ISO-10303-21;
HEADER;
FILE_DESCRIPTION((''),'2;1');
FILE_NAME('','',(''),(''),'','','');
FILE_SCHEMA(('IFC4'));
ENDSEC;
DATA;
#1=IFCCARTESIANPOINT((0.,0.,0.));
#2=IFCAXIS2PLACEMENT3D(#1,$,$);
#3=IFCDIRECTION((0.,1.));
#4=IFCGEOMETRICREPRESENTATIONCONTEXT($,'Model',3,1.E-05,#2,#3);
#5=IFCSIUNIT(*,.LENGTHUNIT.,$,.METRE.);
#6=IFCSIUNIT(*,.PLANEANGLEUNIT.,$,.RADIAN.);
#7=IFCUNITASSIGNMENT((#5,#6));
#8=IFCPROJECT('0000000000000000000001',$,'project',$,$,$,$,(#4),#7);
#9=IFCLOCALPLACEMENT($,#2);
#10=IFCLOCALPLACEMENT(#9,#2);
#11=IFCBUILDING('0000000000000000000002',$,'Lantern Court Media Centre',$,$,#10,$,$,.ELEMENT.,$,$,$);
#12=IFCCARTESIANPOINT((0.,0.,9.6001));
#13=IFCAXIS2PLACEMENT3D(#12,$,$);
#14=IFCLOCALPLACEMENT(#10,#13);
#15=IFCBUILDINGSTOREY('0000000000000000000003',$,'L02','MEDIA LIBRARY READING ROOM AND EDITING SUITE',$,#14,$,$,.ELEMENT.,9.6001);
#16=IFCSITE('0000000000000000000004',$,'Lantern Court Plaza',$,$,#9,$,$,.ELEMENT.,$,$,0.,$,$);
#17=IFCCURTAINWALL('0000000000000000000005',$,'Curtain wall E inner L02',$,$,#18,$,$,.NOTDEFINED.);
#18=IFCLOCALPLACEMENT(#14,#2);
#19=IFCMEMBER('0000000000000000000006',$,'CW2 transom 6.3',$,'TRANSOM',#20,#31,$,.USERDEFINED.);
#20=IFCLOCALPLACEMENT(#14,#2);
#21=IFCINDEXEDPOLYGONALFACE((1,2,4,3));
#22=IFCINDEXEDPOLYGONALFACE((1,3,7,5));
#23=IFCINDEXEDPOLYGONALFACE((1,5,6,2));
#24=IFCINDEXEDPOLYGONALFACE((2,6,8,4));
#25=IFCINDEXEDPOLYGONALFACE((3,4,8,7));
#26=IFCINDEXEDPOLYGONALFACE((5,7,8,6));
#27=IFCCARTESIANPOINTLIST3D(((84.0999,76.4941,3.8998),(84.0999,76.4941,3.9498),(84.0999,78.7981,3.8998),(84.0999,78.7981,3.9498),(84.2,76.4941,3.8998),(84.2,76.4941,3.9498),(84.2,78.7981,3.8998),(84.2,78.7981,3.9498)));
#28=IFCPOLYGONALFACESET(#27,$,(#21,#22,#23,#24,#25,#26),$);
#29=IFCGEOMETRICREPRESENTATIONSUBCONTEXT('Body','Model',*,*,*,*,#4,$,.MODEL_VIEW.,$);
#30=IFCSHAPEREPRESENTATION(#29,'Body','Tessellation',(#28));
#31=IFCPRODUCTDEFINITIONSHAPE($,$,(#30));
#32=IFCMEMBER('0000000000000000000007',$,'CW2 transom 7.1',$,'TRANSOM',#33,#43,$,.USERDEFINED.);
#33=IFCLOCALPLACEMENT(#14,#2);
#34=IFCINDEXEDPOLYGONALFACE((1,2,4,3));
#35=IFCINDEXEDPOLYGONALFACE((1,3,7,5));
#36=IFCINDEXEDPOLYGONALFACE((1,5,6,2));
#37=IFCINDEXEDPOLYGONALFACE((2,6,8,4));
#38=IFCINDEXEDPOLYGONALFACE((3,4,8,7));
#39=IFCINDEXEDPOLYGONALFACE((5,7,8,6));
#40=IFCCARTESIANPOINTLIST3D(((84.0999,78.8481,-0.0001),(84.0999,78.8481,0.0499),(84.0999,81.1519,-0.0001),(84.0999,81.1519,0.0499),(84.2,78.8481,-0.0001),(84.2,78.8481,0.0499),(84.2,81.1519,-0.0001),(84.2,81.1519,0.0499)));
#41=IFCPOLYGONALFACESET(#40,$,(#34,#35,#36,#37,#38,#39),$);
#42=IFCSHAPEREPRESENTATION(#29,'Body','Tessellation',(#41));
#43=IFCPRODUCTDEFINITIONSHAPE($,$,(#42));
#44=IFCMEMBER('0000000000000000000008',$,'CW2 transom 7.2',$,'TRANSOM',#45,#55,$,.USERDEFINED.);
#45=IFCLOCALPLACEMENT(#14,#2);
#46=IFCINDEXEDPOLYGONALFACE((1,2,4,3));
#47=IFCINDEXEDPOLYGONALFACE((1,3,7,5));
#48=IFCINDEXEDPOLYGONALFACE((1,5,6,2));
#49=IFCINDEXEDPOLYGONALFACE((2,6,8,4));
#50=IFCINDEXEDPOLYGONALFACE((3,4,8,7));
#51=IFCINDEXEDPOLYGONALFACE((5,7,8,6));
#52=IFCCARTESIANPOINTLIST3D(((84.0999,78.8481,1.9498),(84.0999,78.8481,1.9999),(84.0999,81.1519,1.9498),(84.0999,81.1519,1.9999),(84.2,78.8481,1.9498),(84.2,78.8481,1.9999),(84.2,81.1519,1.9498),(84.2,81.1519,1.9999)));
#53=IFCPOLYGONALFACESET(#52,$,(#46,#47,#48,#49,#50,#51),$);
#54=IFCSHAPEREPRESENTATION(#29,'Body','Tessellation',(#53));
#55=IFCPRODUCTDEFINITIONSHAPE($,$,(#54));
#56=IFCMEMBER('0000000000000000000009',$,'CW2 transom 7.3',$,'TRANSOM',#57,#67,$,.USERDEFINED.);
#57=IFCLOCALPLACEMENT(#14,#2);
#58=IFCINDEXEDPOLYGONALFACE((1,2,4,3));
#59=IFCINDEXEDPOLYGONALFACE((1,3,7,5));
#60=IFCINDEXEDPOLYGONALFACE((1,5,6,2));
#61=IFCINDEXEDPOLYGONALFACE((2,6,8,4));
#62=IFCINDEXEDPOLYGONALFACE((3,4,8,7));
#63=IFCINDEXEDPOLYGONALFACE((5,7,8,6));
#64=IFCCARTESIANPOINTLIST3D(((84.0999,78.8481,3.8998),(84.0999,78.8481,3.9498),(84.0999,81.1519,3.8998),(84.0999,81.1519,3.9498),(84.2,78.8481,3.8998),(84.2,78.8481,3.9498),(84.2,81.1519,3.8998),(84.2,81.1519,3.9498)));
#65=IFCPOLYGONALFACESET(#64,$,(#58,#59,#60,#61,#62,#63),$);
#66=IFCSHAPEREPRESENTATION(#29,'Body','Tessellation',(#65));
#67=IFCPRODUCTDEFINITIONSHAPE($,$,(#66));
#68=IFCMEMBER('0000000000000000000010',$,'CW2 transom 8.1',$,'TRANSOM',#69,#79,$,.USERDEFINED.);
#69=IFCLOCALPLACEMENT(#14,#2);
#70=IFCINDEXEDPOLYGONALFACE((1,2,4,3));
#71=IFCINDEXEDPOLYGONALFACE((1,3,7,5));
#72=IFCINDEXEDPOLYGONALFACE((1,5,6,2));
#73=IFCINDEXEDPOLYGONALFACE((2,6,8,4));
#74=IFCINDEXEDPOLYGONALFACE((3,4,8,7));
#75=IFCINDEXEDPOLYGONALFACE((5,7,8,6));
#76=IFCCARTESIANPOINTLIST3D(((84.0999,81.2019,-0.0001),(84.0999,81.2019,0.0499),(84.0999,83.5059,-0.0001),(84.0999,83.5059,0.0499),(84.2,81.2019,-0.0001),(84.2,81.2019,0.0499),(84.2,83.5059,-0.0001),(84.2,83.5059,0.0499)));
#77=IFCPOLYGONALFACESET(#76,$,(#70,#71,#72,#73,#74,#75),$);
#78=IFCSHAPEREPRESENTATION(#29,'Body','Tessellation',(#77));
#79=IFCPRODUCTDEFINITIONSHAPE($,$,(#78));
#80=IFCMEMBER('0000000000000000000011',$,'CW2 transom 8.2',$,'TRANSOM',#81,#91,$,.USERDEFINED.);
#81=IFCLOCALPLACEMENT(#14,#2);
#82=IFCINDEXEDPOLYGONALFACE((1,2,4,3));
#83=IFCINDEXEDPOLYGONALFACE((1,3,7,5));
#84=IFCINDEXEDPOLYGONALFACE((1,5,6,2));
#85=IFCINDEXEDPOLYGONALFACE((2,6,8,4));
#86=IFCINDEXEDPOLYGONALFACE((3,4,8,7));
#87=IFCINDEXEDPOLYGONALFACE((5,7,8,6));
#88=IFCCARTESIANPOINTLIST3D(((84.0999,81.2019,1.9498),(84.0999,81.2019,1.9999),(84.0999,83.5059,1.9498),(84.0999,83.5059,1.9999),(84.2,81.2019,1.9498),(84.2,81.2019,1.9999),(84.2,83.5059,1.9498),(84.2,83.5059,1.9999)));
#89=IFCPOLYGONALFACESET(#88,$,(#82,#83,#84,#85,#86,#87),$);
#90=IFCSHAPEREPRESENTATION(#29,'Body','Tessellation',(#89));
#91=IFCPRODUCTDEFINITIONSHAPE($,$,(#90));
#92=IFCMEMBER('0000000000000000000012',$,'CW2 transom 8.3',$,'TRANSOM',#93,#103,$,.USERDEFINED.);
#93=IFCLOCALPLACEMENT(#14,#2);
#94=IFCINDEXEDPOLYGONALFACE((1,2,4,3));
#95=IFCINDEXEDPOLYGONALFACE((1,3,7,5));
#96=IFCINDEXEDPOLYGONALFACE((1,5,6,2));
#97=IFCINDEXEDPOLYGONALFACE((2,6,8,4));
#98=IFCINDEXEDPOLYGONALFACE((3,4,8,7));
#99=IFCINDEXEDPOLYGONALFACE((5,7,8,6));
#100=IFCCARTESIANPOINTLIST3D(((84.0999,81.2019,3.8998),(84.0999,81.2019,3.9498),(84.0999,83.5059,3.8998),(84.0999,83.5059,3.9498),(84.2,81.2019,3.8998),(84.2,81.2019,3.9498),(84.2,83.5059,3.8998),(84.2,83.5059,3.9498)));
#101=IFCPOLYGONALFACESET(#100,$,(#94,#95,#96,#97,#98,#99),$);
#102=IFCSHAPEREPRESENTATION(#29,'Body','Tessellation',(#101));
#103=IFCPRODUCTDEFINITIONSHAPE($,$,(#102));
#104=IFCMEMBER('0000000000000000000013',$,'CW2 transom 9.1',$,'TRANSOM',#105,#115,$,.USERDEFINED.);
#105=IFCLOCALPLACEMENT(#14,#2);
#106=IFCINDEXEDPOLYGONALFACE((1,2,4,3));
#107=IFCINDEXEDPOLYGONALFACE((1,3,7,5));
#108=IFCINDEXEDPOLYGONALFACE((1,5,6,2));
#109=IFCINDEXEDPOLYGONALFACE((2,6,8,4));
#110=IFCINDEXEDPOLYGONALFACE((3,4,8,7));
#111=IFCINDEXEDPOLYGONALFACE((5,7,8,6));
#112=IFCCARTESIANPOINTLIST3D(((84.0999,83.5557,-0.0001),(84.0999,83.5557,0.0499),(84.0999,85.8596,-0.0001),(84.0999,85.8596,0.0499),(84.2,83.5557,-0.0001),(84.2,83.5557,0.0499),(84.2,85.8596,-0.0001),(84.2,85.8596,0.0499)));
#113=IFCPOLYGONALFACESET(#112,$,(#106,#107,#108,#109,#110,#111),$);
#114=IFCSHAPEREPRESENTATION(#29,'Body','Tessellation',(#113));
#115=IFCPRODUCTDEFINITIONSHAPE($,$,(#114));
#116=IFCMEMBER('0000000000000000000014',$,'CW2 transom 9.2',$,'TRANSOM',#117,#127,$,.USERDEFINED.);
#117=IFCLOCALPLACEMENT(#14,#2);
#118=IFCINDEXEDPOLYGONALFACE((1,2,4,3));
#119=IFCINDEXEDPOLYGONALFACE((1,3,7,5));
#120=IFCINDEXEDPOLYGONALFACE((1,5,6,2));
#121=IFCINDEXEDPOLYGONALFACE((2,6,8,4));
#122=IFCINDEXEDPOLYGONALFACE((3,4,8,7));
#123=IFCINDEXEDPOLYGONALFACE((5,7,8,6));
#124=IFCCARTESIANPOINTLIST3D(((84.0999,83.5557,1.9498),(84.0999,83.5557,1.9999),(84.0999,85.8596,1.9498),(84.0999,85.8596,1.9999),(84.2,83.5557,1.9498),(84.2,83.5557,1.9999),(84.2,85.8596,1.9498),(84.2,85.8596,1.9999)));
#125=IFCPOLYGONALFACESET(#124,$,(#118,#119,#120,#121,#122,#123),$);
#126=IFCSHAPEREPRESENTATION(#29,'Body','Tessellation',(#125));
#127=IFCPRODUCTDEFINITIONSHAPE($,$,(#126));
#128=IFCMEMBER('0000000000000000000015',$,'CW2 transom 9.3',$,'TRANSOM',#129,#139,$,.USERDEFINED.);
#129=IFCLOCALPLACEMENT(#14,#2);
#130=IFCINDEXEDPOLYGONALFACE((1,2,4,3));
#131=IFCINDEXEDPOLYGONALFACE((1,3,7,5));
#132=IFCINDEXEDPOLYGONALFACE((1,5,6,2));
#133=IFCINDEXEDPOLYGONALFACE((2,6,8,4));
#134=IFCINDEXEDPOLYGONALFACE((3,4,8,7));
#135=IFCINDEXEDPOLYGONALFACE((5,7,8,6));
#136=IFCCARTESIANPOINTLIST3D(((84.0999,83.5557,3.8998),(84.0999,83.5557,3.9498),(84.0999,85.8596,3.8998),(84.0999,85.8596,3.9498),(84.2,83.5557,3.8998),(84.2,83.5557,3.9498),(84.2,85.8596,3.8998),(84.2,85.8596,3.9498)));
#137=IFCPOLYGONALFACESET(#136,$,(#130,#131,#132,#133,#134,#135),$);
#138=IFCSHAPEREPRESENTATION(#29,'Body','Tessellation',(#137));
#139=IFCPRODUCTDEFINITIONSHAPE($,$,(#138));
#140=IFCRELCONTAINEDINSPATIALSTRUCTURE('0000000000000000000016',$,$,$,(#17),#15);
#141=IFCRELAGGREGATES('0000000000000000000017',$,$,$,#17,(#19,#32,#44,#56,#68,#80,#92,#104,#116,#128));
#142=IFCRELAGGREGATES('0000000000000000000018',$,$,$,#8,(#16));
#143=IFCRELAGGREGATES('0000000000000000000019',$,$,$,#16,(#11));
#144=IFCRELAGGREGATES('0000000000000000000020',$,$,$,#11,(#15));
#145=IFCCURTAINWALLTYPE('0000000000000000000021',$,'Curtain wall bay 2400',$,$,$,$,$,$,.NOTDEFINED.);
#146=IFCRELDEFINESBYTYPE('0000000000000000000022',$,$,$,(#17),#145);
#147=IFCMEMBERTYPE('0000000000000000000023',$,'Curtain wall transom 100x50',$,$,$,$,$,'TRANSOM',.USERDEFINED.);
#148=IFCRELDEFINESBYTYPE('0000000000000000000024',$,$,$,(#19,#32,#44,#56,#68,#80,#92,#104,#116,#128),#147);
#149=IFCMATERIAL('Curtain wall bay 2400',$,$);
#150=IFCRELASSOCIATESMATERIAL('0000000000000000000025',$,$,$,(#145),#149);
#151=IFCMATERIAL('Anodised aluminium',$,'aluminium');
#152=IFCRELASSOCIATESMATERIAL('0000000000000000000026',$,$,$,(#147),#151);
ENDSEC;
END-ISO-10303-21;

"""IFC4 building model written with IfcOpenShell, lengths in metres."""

from ifc_helpers import new_model, si_unit, direction, frame, origin, origin_2d, place, context, subcontext, project, spatial, rectangle, extrude, material, material_profile, profile_set, type_object, element, aggregate, save


model = new_model("IFC4")

# Units and contexts
model_context = context("Model", 3, precision=1e-05, world=origin(), true_north=direction((0.0, 1.0)))
body_context = subcontext(model_context, "Body", "Model", "MODEL_VIEW")
ifc_project = project(units=[si_unit("LENGTHUNIT", "METRE"), si_unit("PLANEANGLEUNIT", "RADIAN")], contexts=[model_context])

# Site, building, storey
site_placement = place(None, origin())
site = spatial("IfcSite", under=ifc_project, at=site_placement, Name="Lantern Court Plaza", CompositionType="ELEMENT", RefElevation=0.0)
building_placement = place(site_placement, origin())
building = spatial("IfcBuilding", under=site, at=building_placement, Name="Lantern Court Media Centre", CompositionType="ELEMENT")
storey_placement = place(building_placement, frame((0.0, 0.0, 9.6001)))
storey = spatial("IfcBuildingStorey", under=building, at=storey_placement, Name="L02", Description="MEDIA LIBRARY READING ROOM AND EDITING SUITE", CompositionType="ELEMENT", Elevation=9.6001)

# Curtain wall, members
ifc_material_1 = material(Name="Curtain wall bay 2400")
curtain_wall_type = type_object("IfcCurtainWallType", Name="Curtain wall bay 2400", PredefinedType="NOTDEFINED", material=ifc_material_1)
curtain_wall_placement = place(storey_placement, origin())
curtain_wall = element("IfcCurtainWall", 1, at=curtain_wall_placement, inside=storey, type_object=curtain_wall_type, Name="Curtain wall E inner L02", PredefinedType="NOTDEFINED")
ifc_material_2 = material(Name="Anodised aluminium", Category="aluminium")
ifc_material_profile_1 = material_profile(ifc_material_2, rectangle(XDim=0.1001, YDim=0.05, at=origin_2d()), Name="AL 50x100")
ifc_profile_set_1 = profile_set([ifc_material_profile_1], Name="Anodised aluminium")
member_type = type_object("IfcMemberType", Name="Curtain wall transom 100x50", ElementType="TRANSOM", PredefinedType="USERDEFINED", material=ifc_profile_set_1)
member_1_placement = place(storey_placement, frame((84.1499, 76.4941, 3.9248), z_axis=(0.0, 1.0, 0.0), x_axis=(-1.0, 0.0, 0.0)))
member_1 = element("IfcMember", 2, at=member_1_placement, type_object=member_type, Name="CW2 transom 6.3", ObjectType="TRANSOM", PredefinedType="USERDEFINED", context=body_context, shape_type="SweptSolid", body=[
    extrude(rectangle(XDim=0.1001, YDim=0.05, at=origin_2d()), origin(), (0.0, 0.0, 1.0), 2.304),
])
member_2_placement = place(storey_placement, frame((84.1499, 78.8481, 0.0249), z_axis=(0.0, 1.0, 0.0), x_axis=(-1.0, 0.0, 0.0)))
member_2 = element("IfcMember", 3, at=member_2_placement, type_object=member_type, Name="CW2 transom 7.1", ObjectType="TRANSOM", PredefinedType="USERDEFINED", context=body_context, shape_type="SweptSolid", body=[
    extrude(rectangle(XDim=0.1001, YDim=0.05, at=origin_2d()), origin(), (0.0, 0.0, 1.0), 2.3037),
])
member_3_placement = place(storey_placement, frame((84.1499, 78.8481, 1.9749), z_axis=(0.0, 1.0, 0.0), x_axis=(-1.0, 0.0, 0.0)))
member_3 = element("IfcMember", 4, at=member_3_placement, type_object=member_type, Name="CW2 transom 7.2", ObjectType="TRANSOM", PredefinedType="USERDEFINED", context=body_context, shape_type="SweptSolid", body=[
    extrude(rectangle(XDim=0.1001, YDim=0.05, at=origin_2d()), origin(), (0.0, 0.0, 1.0), 2.3037),
])
member_4_placement = place(storey_placement, frame((84.1499, 78.8481, 3.9248), z_axis=(0.0, 1.0, 0.0), x_axis=(-1.0, 0.0, 0.0)))
member_4 = element("IfcMember", 5, at=member_4_placement, type_object=member_type, Name="CW2 transom 7.3", ObjectType="TRANSOM", PredefinedType="USERDEFINED", context=body_context, shape_type="SweptSolid", body=[
    extrude(rectangle(XDim=0.1001, YDim=0.05, at=origin_2d()), origin(), (0.0, 0.0, 1.0), 2.3037),
])
member_5_placement = place(storey_placement, frame((84.1499, 81.2019, 0.0249), z_axis=(0.0, 1.0, 0.0), x_axis=(-1.0, 0.0, 0.0)))
member_5 = element("IfcMember", 6, at=member_5_placement, type_object=member_type, Name="CW2 transom 8.1", ObjectType="TRANSOM", PredefinedType="USERDEFINED", context=body_context, shape_type="SweptSolid", body=[
    extrude(rectangle(XDim=0.1001, YDim=0.05, at=origin_2d()), origin(), (0.0, 0.0, 1.0), 2.304),
])
member_6_placement = place(storey_placement, frame((84.1499, 81.2019, 1.9749), z_axis=(0.0, 1.0, 0.0), x_axis=(-1.0, 0.0, 0.0)))
member_6 = element("IfcMember", 7, at=member_6_placement, type_object=member_type, Name="CW2 transom 8.2", ObjectType="TRANSOM", PredefinedType="USERDEFINED", context=body_context, shape_type="SweptSolid", body=[
    extrude(rectangle(XDim=0.1001, YDim=0.05, at=origin_2d()), origin(), (0.0, 0.0, 1.0), 2.304),
])
member_7_placement = place(storey_placement, frame((84.1499, 81.2019, 3.9248), z_axis=(0.0, 1.0, 0.0), x_axis=(-1.0, 0.0, 0.0)))
member_7 = element("IfcMember", 8, at=member_7_placement, type_object=member_type, Name="CW2 transom 8.3", ObjectType="TRANSOM", PredefinedType="USERDEFINED", context=body_context, shape_type="SweptSolid", body=[
    extrude(rectangle(XDim=0.1001, YDim=0.05, at=origin_2d()), origin(), (0.0, 0.0, 1.0), 2.304),
])
member_8_placement = place(storey_placement, frame((84.1499, 83.5557, 0.0249), z_axis=(0.0, 1.0, 0.0), x_axis=(-1.0, 0.0, 0.0)))
member_8 = element("IfcMember", 9, at=member_8_placement, type_object=member_type, Name="CW2 transom 9.1", ObjectType="TRANSOM", PredefinedType="USERDEFINED", context=body_context, shape_type="SweptSolid", body=[
    extrude(rectangle(XDim=0.1001, YDim=0.05, at=origin_2d()), origin(), (0.0, 0.0, 1.0), 2.304),
])
member_9_placement = place(storey_placement, frame((84.1499, 83.5557, 1.9749), z_axis=(0.0, 1.0, 0.0), x_axis=(-1.0, 0.0, 0.0)))
member_9 = element("IfcMember", 10, at=member_9_placement, type_object=member_type, Name="CW2 transom 9.2", ObjectType="TRANSOM", PredefinedType="USERDEFINED", context=body_context, shape_type="SweptSolid", body=[
    extrude(rectangle(XDim=0.1001, YDim=0.05, at=origin_2d()), origin(), (0.0, 0.0, 1.0), 2.304),
])
member_10_placement = place(storey_placement, frame((84.1499, 83.5557, 3.9248), z_axis=(0.0, 1.0, 0.0), x_axis=(-1.0, 0.0, 0.0)))
member_10 = element("IfcMember", 11, at=member_10_placement, type_object=member_type, Name="CW2 transom 9.3", ObjectType="TRANSOM", PredefinedType="USERDEFINED", context=body_context, shape_type="SweptSolid", body=[
    extrude(rectangle(XDim=0.1001, YDim=0.05, at=origin_2d()), origin(), (0.0, 0.0, 1.0), 2.304),
])

aggregate(curtain_wall, [member_1, member_2, member_3, member_4, member_5, member_6, member_7, member_8, member_9, member_10])

save(model, "model.ifc")
